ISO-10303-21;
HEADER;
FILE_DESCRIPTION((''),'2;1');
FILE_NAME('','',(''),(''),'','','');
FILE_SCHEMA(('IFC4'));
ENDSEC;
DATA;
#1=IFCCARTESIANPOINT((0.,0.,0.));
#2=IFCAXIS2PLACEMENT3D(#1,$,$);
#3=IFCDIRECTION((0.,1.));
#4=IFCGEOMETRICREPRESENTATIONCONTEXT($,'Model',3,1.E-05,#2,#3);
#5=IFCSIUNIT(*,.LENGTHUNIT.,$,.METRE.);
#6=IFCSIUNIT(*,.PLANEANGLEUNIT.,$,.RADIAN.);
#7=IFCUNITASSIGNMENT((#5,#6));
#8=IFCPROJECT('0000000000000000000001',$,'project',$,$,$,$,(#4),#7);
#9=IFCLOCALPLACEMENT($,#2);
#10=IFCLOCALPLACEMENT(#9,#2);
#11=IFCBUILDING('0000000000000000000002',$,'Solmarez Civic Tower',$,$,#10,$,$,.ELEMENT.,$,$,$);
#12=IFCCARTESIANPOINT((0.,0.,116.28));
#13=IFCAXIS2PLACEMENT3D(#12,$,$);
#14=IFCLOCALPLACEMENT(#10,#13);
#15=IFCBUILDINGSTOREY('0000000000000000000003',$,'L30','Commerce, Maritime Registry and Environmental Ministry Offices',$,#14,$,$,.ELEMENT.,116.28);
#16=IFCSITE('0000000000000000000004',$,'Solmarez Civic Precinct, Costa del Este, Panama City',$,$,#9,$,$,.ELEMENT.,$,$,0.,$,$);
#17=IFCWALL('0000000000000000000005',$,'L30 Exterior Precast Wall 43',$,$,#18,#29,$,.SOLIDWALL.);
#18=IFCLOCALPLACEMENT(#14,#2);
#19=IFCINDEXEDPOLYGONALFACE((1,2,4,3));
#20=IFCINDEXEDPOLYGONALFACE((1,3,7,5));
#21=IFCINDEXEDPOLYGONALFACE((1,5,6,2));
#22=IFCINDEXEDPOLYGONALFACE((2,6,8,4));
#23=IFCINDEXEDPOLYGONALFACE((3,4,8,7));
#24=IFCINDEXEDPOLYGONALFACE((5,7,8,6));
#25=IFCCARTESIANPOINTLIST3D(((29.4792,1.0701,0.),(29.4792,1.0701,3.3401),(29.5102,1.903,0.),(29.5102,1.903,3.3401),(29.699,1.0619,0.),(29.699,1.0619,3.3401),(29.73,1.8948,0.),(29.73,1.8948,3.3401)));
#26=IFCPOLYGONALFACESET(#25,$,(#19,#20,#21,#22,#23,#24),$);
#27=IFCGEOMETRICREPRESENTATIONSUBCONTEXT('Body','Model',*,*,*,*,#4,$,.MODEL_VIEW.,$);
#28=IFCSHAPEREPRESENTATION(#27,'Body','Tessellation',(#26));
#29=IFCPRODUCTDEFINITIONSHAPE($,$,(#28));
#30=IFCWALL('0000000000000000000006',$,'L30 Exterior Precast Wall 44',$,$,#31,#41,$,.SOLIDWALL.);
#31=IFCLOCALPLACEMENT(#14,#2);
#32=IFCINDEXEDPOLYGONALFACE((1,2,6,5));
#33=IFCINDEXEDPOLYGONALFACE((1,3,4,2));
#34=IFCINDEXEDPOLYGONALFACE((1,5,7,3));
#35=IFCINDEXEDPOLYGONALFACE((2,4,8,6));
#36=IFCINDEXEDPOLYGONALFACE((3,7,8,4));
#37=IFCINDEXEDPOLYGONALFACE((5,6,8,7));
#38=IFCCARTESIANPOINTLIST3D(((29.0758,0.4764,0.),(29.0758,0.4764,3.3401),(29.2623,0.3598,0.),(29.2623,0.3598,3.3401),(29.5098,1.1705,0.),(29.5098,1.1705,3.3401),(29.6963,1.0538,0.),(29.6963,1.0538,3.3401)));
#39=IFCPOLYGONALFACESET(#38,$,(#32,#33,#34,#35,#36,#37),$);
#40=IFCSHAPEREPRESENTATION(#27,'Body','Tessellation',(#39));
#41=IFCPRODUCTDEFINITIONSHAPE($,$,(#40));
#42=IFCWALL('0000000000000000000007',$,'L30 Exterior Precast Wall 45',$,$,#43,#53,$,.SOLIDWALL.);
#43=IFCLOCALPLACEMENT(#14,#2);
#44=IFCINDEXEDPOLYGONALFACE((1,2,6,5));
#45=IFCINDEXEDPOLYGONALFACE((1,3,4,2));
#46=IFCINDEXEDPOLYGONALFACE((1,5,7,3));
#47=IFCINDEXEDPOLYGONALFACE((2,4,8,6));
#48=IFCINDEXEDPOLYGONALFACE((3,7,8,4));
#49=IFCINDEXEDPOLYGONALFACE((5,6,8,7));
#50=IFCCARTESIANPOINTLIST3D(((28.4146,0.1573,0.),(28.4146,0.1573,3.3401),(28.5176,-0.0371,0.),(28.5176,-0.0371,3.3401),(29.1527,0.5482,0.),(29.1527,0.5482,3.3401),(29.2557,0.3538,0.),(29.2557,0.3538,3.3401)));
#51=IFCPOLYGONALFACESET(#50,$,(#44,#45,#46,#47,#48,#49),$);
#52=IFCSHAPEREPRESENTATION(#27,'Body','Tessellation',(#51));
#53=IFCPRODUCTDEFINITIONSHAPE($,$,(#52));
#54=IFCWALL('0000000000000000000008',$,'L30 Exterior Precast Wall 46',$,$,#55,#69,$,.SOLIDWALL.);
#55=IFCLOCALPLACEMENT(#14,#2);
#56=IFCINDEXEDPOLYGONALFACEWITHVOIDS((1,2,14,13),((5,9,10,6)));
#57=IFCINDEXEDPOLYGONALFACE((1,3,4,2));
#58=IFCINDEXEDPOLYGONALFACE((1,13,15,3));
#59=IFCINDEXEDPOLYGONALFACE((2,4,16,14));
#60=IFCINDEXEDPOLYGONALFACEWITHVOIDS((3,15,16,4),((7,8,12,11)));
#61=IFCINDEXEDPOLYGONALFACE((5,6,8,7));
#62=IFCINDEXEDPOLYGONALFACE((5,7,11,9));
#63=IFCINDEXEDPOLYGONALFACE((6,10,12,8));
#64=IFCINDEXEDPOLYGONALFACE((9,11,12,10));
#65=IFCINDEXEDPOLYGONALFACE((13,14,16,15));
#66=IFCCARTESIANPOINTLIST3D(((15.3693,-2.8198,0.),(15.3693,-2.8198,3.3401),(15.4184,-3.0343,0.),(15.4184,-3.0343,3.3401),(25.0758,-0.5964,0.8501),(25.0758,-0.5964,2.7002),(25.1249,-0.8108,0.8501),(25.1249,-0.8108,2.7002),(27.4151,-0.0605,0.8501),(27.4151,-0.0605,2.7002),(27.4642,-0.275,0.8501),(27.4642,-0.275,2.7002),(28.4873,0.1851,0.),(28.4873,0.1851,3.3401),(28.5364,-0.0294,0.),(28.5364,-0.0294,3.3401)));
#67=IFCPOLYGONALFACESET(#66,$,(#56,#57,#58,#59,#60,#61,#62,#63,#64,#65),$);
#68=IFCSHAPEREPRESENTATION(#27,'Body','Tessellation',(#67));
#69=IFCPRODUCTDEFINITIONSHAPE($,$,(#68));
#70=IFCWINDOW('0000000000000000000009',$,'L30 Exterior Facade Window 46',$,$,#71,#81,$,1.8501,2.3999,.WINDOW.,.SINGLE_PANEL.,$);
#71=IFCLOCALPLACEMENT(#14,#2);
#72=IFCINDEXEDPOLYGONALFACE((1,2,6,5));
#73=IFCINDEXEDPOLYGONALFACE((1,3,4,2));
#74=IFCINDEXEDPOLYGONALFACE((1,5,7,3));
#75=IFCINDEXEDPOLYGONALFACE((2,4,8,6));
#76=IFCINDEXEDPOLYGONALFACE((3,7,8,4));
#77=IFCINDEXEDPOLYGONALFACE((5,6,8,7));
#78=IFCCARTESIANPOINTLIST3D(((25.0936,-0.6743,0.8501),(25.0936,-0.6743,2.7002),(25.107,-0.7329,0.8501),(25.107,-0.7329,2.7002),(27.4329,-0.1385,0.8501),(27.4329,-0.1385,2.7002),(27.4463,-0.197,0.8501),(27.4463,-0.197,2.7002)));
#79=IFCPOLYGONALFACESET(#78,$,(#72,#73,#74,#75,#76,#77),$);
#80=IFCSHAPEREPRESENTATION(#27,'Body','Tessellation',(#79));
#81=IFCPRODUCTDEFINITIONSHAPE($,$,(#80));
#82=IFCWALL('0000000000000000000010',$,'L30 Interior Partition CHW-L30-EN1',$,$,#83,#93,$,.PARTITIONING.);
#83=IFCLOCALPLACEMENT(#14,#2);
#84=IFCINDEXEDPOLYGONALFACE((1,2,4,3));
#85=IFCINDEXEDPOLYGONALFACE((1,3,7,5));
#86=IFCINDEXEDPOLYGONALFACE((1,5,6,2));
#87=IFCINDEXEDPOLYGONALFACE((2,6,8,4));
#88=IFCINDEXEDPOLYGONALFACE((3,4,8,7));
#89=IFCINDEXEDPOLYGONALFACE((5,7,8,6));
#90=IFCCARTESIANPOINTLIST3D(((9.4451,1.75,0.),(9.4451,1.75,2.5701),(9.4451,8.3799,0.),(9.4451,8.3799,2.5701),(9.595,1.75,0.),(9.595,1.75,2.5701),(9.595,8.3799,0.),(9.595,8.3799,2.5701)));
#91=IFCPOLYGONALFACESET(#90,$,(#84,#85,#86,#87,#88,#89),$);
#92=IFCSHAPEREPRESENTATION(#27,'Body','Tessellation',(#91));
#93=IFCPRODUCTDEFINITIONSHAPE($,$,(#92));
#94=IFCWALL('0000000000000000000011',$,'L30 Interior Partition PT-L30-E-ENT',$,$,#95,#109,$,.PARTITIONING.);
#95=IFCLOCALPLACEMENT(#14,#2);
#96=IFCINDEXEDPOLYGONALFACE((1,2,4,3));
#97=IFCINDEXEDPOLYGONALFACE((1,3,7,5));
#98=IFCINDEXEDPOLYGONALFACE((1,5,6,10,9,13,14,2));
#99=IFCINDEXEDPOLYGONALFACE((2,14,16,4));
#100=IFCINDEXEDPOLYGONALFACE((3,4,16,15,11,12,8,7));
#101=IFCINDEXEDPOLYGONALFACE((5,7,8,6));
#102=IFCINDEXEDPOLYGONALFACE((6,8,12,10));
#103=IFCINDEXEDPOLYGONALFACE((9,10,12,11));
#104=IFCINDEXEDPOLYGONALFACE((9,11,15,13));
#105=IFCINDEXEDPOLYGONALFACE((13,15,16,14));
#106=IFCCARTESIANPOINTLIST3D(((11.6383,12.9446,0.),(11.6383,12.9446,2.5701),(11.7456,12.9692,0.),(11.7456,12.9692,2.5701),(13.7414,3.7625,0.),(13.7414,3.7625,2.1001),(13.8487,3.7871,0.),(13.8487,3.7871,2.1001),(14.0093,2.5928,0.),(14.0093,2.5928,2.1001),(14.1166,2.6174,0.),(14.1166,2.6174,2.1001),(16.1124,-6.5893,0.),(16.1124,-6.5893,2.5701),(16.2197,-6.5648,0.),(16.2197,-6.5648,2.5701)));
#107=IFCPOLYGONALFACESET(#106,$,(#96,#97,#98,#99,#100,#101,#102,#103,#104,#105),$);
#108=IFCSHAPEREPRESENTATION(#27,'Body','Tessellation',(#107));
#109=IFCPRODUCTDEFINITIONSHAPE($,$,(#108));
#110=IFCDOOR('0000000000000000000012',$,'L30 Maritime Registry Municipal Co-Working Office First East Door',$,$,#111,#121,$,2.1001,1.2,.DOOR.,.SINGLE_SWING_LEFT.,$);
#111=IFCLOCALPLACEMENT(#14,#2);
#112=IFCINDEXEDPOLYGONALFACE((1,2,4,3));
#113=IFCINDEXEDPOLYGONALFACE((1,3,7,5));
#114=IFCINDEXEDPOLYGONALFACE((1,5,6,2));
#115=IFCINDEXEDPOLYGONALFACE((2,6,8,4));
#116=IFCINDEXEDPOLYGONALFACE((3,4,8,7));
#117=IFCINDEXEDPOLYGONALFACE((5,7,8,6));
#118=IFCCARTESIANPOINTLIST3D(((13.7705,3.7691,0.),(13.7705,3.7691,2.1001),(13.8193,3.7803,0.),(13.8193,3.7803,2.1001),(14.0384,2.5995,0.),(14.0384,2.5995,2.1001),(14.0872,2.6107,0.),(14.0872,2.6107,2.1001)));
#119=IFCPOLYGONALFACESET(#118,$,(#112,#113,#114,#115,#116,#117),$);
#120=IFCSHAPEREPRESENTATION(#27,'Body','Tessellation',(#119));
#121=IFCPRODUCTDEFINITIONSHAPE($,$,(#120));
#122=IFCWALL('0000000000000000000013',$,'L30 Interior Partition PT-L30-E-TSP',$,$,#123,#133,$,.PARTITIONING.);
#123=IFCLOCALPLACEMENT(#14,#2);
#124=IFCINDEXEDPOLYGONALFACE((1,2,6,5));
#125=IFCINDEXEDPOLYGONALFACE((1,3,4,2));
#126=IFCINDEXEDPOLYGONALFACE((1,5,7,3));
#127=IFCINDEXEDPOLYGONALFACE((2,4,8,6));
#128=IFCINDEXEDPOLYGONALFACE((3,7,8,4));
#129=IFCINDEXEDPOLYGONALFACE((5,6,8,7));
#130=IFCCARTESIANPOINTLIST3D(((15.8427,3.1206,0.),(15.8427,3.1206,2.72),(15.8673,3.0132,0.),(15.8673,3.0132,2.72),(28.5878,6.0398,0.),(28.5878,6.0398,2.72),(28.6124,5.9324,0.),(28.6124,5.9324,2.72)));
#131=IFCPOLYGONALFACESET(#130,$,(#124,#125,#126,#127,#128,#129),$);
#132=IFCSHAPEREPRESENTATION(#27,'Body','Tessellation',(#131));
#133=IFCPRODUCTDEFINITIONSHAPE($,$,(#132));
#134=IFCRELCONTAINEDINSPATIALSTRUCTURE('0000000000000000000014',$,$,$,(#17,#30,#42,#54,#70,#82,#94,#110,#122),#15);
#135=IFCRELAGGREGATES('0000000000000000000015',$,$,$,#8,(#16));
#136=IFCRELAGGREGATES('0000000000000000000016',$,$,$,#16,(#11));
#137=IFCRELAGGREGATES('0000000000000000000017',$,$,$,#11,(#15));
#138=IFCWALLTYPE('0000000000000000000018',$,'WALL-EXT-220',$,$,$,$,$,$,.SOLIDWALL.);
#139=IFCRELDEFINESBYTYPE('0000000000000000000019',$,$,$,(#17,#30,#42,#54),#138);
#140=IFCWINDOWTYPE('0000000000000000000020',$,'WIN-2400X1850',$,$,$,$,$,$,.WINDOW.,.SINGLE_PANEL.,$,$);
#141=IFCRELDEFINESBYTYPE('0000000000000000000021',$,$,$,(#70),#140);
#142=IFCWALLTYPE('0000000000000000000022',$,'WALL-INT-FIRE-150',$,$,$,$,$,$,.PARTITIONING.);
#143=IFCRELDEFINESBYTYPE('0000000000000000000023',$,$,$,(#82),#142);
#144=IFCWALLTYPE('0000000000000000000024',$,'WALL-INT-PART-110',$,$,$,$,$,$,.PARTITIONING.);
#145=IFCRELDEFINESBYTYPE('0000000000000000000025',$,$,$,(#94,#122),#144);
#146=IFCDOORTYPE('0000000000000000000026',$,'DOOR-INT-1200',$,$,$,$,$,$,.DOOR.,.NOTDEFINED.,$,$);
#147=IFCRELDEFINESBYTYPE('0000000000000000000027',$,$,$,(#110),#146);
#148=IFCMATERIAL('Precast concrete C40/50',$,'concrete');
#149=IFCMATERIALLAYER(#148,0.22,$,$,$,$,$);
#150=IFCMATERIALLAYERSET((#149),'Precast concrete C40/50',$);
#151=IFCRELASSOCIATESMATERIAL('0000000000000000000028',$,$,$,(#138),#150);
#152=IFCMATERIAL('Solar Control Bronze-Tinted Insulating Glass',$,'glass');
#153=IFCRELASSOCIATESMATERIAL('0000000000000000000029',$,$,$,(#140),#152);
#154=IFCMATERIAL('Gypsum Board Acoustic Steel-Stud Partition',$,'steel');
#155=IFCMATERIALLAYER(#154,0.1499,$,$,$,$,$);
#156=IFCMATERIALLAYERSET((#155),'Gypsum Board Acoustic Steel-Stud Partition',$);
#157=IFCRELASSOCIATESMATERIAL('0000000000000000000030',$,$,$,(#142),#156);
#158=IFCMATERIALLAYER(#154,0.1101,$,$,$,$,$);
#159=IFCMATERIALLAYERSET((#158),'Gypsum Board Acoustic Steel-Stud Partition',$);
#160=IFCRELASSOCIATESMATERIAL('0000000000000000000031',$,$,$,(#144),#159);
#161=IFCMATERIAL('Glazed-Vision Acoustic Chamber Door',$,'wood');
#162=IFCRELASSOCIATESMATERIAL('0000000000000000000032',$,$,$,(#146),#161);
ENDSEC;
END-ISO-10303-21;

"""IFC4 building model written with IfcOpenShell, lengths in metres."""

from ifc_helpers import new_model, si_unit, direction, frame, frame_2d, origin, place, context, subcontext, project, spatial, rectangle, extrude, material, layer, layer_set, type_object, element, fill, save


model = new_model("IFC4")

# Units and contexts
model_context = context("Model", 3, precision=1e-05, world=origin(), true_north=direction((0.0, 1.0)))
body_context = subcontext(model_context, "Body", "Model", "MODEL_VIEW")
ifc_project = project(units=[si_unit("LENGTHUNIT", "METRE"), si_unit("PLANEANGLEUNIT", "RADIAN")], contexts=[model_context])

# Site, building, storey
site_placement = place(None, origin())
site = spatial("IfcSite", under=ifc_project, at=site_placement, Name="Solmarez Civic Precinct, Costa del Este, Panama City", CompositionType="ELEMENT", RefElevation=0.0)
building_placement = place(site_placement, origin())
building = spatial("IfcBuilding", under=site, at=building_placement, Name="Solmarez Civic Tower", CompositionType="ELEMENT")
storey_placement = place(building_placement, frame((0.0, 0.0, 116.28)))
storey = spatial("IfcBuildingStorey", under=building, at=storey_placement, Name="L30", Description="Commerce, Maritime Registry and Environmental Ministry Offices", CompositionType="ELEMENT", Elevation=116.28)

# Shared definitions
ifc_material_1 = material(Name="Precast concrete C40/50", Category="concrete")
ifc_layer_1 = layer(ifc_material_1, 0.22)
ifc_layer_set_1 = layer_set([ifc_layer_1], Name="Precast concrete C40/50")
wall_type_1 = type_object("IfcWallType", Name="WALL-EXT-220", PredefinedType="SOLIDWALL", material=ifc_layer_set_1)

# Shared definitions
ifc_material_2 = material(Name="Solar Control Bronze-Tinted Insulating Glass", Category="glass")

# Walls
wall_1_placement = place(storey_placement, frame((29.6201, 1.8989, 0.0), z_axis=(0.0, 0.0, 1.0), x_axis=(-0.037196, -0.999308, 0.0)))
element("IfcWall", 1, at=wall_1_placement, inside=storey, type_object=wall_type_1, Name="L30 Exterior Precast Wall 43", PredefinedType="SOLIDWALL", context=body_context, shape_type="SweptSolid", body=[
    extrude(rectangle(XDim=0.8335, YDim=0.22, at=frame_2d((0.4167, 0.0))), origin(), (0.0, 0.0, 1.0), 3.3401),
])
wall_2_placement = place(storey_placement, frame((29.603, 1.1121, 0.0), z_axis=(0.0, 0.0, 1.0), x_axis=(-0.53024, -0.847847, 0.0)))
element("IfcWall", 2, at=wall_2_placement, inside=storey, type_object=wall_type_1, Name="L30 Exterior Precast Wall 44", PredefinedType="SOLIDWALL", context=body_context, shape_type="SweptSolid", body=[
    extrude(rectangle(XDim=0.8186, YDim=0.22, at=frame_2d((0.4092, 0.0))), origin(), (0.0, 0.0, 1.0), 3.3401),
])
wall_3_placement = place(storey_placement, frame((29.2041, 0.4509, 0.0), z_axis=(0.0, 0.0, 1.0), x_axis=(-0.883717, -0.468022, 0.0)))
element("IfcWall", 3, at=wall_3_placement, inside=storey, type_object=wall_type_1, Name="L30 Exterior Precast Wall 45", PredefinedType="SOLIDWALL", context=body_context, shape_type="SweptSolid", body=[
    extrude(rectangle(XDim=0.8352, YDim=0.22, at=frame_2d((0.4175, 0.0))), origin(), (0.0, 0.0, 1.0), 3.3401),
])

# Wall, opening, window
wall_4_placement = place(storey_placement, frame((28.512, 0.0779, 0.0), z_axis=(0.0, 0.0, 1.0), x_axis=(-0.974753, -0.223284, 0.0)))
wall_4 = element("IfcWall", 4, at=wall_4_placement, inside=storey, type_object=wall_type_1, Name="L30 Exterior Precast Wall 46", PredefinedType="SOLIDWALL", context=body_context, shape_type="SweptSolid", body=[
    extrude(rectangle(XDim=13.4578, YDim=0.22, at=frame_2d((6.729, 0.0))), origin(), (0.0, 0.0, 1.0), 3.3401),
])
opening_1_placement = place(wall_4_placement, frame((1.1001, 0.0, 0.8501)))
opening_1 = element("IfcOpeningElement", 5, at=opening_1_placement, cuts=wall_4, PredefinedType="OPENING", context=body_context, shape_type="SweptSolid", body=[
    extrude(rectangle(XDim=2.3999, YDim=1.8501, at=frame_2d((1.2, 0.925))), frame((0.0, 0.1199, 0.0), z_axis=(0.0, -1.0, 0.0), x_axis=(1.0, 0.0, 0.0)), (0.0, 0.0, 1.0), 0.24),
])
window_type_1 = type_object("IfcWindowType", Name="WIN-2400X1850", PartitioningType="SINGLE_PANEL", PredefinedType="WINDOW", material=ifc_material_2)
window_1_placement = place(opening_1_placement, origin())
window_1 = element("IfcWindow", 6, at=window_1_placement, inside=storey, type_object=window_type_1, Name="L30 Exterior Facade Window 46", OverallHeight=1.8501, OverallWidth=2.3999, PartitioningType="SINGLE_PANEL", PredefinedType="WINDOW", context=body_context, shape_type="SweptSolid", body=[
    extrude(rectangle(XDim=2.3999, YDim=1.8501, at=frame_2d((1.2, 0.925))), frame((0.0, 0.03, 0.0), z_axis=(0.0, -1.0, 0.0), x_axis=(1.0, 0.0, 0.0)), (0.0, 0.0, 1.0), 0.0601),
])
fill(opening_1, window_1)

# Wall
ifc_material_3 = material(Name="Gypsum Board Acoustic Steel-Stud Partition", Category="steel")
ifc_layer_2 = layer(ifc_material_3, 0.1499)
ifc_layer_set_2 = layer_set([ifc_layer_2], Name="Gypsum Board Acoustic Steel-Stud Partition")
wall_type_2 = type_object("IfcWallType", Name="WALL-INT-FIRE-150", PredefinedType="PARTITIONING", material=ifc_layer_set_2)
wall_5_placement = place(storey_placement, frame((9.52, 1.75, 0.0), z_axis=(0.0, 0.0, 1.0), x_axis=(0.0, 1.0, 0.0)))
element("IfcWall", 7, at=wall_5_placement, inside=storey, type_object=wall_type_2, Name="L30 Interior Partition CHW-L30-EN1", PredefinedType="PARTITIONING", context=body_context, shape_type="SweptSolid", body=[
    extrude(rectangle(XDim=6.6299, YDim=0.1499, at=frame_2d((3.3149, 0.0))), origin(), (0.0, 0.0, 1.0), 2.5701),
])

# Wall, opening, door
ifc_layer_3 = layer(ifc_material_3, 0.1101)
ifc_layer_set_3 = layer_set([ifc_layer_3], Name="Gypsum Board Acoustic Steel-Stud Partition")
wall_type_3 = type_object("IfcWallType", Name="WALL-INT-PART-110", PredefinedType="PARTITIONING", material=ifc_layer_set_3)
wall_6_placement = place(storey_placement, frame((11.6919, 12.957, 0.0), z_axis=(0.0, 0.0, 1.0), x_axis=(0.223262, -0.974758, 0.0)))
wall_6 = element("IfcWall", 8, at=wall_6_placement, inside=storey, type_object=wall_type_3, Name="L30 Interior Partition PT-L30-E-ENT", PredefinedType="PARTITIONING", context=body_context, shape_type="SweptSolid", body=[
    extrude(rectangle(XDim=20.0398, YDim=0.1101, at=frame_2d((10.02, 0.0))), origin(), (0.0, 0.0, 1.0), 2.5701),
])
opening_2_placement = place(wall_6_placement, frame((9.4199, 0.0, 0.0)))
opening_2 = element("IfcOpeningElement", 9, at=opening_2_placement, cuts=wall_6, PredefinedType="OPENING", context=body_context, shape_type="SweptSolid", body=[
    extrude(rectangle(XDim=1.2, YDim=2.1001, at=frame_2d((0.6001, 1.05))), frame((0.0, 0.0649, 0.0), z_axis=(0.0, -1.0, 0.0), x_axis=(1.0, 0.0, 0.0)), (0.0, 0.0, 1.0), 0.1301),
])
ifc_material_4 = material(Name="Glazed-Vision Acoustic Chamber Door", Category="wood")
door_type = type_object("IfcDoorType", Name="DOOR-INT-1200", OperationType="NOTDEFINED", PredefinedType="DOOR", material=ifc_material_4)
door_placement = place(opening_2_placement, origin())
door = element("IfcDoor", 10, at=door_placement, inside=storey, type_object=door_type, Name="L30 Maritime Registry Municipal Co-Working Office First East Door", OperationType="SINGLE_SWING_LEFT", OverallHeight=2.1001, OverallWidth=1.2, PredefinedType="DOOR", context=body_context, shape_type="SweptSolid", body=[
    extrude(rectangle(XDim=1.2, YDim=2.1001, at=frame_2d((0.6001, 1.05))), frame((0.0, 0.0249, 0.0), z_axis=(0.0, -1.0, 0.0), x_axis=(1.0, 0.0, 0.0)), (0.0, 0.0, 1.0), 0.05),
])
fill(opening_2, door)

# Wall
wall_7_placement = place(storey_placement, frame((15.855, 3.0669, 0.0), z_axis=(0.0, 0.0, 1.0), x_axis=(0.974758, 0.223262, 0.0)))
element("IfcWall", 11, at=wall_7_placement, inside=storey, type_object=wall_type_3, Name="L30 Interior Partition PT-L30-E-TSP", PredefinedType="PARTITIONING", context=body_context, shape_type="SweptSolid", body=[
    extrude(rectangle(XDim=13.0752, YDim=0.1101, at=frame_2d((6.5376, 0.0))), origin(), (0.0, 0.0, 1.0), 2.72),
])

save(model, "model.ifc")
